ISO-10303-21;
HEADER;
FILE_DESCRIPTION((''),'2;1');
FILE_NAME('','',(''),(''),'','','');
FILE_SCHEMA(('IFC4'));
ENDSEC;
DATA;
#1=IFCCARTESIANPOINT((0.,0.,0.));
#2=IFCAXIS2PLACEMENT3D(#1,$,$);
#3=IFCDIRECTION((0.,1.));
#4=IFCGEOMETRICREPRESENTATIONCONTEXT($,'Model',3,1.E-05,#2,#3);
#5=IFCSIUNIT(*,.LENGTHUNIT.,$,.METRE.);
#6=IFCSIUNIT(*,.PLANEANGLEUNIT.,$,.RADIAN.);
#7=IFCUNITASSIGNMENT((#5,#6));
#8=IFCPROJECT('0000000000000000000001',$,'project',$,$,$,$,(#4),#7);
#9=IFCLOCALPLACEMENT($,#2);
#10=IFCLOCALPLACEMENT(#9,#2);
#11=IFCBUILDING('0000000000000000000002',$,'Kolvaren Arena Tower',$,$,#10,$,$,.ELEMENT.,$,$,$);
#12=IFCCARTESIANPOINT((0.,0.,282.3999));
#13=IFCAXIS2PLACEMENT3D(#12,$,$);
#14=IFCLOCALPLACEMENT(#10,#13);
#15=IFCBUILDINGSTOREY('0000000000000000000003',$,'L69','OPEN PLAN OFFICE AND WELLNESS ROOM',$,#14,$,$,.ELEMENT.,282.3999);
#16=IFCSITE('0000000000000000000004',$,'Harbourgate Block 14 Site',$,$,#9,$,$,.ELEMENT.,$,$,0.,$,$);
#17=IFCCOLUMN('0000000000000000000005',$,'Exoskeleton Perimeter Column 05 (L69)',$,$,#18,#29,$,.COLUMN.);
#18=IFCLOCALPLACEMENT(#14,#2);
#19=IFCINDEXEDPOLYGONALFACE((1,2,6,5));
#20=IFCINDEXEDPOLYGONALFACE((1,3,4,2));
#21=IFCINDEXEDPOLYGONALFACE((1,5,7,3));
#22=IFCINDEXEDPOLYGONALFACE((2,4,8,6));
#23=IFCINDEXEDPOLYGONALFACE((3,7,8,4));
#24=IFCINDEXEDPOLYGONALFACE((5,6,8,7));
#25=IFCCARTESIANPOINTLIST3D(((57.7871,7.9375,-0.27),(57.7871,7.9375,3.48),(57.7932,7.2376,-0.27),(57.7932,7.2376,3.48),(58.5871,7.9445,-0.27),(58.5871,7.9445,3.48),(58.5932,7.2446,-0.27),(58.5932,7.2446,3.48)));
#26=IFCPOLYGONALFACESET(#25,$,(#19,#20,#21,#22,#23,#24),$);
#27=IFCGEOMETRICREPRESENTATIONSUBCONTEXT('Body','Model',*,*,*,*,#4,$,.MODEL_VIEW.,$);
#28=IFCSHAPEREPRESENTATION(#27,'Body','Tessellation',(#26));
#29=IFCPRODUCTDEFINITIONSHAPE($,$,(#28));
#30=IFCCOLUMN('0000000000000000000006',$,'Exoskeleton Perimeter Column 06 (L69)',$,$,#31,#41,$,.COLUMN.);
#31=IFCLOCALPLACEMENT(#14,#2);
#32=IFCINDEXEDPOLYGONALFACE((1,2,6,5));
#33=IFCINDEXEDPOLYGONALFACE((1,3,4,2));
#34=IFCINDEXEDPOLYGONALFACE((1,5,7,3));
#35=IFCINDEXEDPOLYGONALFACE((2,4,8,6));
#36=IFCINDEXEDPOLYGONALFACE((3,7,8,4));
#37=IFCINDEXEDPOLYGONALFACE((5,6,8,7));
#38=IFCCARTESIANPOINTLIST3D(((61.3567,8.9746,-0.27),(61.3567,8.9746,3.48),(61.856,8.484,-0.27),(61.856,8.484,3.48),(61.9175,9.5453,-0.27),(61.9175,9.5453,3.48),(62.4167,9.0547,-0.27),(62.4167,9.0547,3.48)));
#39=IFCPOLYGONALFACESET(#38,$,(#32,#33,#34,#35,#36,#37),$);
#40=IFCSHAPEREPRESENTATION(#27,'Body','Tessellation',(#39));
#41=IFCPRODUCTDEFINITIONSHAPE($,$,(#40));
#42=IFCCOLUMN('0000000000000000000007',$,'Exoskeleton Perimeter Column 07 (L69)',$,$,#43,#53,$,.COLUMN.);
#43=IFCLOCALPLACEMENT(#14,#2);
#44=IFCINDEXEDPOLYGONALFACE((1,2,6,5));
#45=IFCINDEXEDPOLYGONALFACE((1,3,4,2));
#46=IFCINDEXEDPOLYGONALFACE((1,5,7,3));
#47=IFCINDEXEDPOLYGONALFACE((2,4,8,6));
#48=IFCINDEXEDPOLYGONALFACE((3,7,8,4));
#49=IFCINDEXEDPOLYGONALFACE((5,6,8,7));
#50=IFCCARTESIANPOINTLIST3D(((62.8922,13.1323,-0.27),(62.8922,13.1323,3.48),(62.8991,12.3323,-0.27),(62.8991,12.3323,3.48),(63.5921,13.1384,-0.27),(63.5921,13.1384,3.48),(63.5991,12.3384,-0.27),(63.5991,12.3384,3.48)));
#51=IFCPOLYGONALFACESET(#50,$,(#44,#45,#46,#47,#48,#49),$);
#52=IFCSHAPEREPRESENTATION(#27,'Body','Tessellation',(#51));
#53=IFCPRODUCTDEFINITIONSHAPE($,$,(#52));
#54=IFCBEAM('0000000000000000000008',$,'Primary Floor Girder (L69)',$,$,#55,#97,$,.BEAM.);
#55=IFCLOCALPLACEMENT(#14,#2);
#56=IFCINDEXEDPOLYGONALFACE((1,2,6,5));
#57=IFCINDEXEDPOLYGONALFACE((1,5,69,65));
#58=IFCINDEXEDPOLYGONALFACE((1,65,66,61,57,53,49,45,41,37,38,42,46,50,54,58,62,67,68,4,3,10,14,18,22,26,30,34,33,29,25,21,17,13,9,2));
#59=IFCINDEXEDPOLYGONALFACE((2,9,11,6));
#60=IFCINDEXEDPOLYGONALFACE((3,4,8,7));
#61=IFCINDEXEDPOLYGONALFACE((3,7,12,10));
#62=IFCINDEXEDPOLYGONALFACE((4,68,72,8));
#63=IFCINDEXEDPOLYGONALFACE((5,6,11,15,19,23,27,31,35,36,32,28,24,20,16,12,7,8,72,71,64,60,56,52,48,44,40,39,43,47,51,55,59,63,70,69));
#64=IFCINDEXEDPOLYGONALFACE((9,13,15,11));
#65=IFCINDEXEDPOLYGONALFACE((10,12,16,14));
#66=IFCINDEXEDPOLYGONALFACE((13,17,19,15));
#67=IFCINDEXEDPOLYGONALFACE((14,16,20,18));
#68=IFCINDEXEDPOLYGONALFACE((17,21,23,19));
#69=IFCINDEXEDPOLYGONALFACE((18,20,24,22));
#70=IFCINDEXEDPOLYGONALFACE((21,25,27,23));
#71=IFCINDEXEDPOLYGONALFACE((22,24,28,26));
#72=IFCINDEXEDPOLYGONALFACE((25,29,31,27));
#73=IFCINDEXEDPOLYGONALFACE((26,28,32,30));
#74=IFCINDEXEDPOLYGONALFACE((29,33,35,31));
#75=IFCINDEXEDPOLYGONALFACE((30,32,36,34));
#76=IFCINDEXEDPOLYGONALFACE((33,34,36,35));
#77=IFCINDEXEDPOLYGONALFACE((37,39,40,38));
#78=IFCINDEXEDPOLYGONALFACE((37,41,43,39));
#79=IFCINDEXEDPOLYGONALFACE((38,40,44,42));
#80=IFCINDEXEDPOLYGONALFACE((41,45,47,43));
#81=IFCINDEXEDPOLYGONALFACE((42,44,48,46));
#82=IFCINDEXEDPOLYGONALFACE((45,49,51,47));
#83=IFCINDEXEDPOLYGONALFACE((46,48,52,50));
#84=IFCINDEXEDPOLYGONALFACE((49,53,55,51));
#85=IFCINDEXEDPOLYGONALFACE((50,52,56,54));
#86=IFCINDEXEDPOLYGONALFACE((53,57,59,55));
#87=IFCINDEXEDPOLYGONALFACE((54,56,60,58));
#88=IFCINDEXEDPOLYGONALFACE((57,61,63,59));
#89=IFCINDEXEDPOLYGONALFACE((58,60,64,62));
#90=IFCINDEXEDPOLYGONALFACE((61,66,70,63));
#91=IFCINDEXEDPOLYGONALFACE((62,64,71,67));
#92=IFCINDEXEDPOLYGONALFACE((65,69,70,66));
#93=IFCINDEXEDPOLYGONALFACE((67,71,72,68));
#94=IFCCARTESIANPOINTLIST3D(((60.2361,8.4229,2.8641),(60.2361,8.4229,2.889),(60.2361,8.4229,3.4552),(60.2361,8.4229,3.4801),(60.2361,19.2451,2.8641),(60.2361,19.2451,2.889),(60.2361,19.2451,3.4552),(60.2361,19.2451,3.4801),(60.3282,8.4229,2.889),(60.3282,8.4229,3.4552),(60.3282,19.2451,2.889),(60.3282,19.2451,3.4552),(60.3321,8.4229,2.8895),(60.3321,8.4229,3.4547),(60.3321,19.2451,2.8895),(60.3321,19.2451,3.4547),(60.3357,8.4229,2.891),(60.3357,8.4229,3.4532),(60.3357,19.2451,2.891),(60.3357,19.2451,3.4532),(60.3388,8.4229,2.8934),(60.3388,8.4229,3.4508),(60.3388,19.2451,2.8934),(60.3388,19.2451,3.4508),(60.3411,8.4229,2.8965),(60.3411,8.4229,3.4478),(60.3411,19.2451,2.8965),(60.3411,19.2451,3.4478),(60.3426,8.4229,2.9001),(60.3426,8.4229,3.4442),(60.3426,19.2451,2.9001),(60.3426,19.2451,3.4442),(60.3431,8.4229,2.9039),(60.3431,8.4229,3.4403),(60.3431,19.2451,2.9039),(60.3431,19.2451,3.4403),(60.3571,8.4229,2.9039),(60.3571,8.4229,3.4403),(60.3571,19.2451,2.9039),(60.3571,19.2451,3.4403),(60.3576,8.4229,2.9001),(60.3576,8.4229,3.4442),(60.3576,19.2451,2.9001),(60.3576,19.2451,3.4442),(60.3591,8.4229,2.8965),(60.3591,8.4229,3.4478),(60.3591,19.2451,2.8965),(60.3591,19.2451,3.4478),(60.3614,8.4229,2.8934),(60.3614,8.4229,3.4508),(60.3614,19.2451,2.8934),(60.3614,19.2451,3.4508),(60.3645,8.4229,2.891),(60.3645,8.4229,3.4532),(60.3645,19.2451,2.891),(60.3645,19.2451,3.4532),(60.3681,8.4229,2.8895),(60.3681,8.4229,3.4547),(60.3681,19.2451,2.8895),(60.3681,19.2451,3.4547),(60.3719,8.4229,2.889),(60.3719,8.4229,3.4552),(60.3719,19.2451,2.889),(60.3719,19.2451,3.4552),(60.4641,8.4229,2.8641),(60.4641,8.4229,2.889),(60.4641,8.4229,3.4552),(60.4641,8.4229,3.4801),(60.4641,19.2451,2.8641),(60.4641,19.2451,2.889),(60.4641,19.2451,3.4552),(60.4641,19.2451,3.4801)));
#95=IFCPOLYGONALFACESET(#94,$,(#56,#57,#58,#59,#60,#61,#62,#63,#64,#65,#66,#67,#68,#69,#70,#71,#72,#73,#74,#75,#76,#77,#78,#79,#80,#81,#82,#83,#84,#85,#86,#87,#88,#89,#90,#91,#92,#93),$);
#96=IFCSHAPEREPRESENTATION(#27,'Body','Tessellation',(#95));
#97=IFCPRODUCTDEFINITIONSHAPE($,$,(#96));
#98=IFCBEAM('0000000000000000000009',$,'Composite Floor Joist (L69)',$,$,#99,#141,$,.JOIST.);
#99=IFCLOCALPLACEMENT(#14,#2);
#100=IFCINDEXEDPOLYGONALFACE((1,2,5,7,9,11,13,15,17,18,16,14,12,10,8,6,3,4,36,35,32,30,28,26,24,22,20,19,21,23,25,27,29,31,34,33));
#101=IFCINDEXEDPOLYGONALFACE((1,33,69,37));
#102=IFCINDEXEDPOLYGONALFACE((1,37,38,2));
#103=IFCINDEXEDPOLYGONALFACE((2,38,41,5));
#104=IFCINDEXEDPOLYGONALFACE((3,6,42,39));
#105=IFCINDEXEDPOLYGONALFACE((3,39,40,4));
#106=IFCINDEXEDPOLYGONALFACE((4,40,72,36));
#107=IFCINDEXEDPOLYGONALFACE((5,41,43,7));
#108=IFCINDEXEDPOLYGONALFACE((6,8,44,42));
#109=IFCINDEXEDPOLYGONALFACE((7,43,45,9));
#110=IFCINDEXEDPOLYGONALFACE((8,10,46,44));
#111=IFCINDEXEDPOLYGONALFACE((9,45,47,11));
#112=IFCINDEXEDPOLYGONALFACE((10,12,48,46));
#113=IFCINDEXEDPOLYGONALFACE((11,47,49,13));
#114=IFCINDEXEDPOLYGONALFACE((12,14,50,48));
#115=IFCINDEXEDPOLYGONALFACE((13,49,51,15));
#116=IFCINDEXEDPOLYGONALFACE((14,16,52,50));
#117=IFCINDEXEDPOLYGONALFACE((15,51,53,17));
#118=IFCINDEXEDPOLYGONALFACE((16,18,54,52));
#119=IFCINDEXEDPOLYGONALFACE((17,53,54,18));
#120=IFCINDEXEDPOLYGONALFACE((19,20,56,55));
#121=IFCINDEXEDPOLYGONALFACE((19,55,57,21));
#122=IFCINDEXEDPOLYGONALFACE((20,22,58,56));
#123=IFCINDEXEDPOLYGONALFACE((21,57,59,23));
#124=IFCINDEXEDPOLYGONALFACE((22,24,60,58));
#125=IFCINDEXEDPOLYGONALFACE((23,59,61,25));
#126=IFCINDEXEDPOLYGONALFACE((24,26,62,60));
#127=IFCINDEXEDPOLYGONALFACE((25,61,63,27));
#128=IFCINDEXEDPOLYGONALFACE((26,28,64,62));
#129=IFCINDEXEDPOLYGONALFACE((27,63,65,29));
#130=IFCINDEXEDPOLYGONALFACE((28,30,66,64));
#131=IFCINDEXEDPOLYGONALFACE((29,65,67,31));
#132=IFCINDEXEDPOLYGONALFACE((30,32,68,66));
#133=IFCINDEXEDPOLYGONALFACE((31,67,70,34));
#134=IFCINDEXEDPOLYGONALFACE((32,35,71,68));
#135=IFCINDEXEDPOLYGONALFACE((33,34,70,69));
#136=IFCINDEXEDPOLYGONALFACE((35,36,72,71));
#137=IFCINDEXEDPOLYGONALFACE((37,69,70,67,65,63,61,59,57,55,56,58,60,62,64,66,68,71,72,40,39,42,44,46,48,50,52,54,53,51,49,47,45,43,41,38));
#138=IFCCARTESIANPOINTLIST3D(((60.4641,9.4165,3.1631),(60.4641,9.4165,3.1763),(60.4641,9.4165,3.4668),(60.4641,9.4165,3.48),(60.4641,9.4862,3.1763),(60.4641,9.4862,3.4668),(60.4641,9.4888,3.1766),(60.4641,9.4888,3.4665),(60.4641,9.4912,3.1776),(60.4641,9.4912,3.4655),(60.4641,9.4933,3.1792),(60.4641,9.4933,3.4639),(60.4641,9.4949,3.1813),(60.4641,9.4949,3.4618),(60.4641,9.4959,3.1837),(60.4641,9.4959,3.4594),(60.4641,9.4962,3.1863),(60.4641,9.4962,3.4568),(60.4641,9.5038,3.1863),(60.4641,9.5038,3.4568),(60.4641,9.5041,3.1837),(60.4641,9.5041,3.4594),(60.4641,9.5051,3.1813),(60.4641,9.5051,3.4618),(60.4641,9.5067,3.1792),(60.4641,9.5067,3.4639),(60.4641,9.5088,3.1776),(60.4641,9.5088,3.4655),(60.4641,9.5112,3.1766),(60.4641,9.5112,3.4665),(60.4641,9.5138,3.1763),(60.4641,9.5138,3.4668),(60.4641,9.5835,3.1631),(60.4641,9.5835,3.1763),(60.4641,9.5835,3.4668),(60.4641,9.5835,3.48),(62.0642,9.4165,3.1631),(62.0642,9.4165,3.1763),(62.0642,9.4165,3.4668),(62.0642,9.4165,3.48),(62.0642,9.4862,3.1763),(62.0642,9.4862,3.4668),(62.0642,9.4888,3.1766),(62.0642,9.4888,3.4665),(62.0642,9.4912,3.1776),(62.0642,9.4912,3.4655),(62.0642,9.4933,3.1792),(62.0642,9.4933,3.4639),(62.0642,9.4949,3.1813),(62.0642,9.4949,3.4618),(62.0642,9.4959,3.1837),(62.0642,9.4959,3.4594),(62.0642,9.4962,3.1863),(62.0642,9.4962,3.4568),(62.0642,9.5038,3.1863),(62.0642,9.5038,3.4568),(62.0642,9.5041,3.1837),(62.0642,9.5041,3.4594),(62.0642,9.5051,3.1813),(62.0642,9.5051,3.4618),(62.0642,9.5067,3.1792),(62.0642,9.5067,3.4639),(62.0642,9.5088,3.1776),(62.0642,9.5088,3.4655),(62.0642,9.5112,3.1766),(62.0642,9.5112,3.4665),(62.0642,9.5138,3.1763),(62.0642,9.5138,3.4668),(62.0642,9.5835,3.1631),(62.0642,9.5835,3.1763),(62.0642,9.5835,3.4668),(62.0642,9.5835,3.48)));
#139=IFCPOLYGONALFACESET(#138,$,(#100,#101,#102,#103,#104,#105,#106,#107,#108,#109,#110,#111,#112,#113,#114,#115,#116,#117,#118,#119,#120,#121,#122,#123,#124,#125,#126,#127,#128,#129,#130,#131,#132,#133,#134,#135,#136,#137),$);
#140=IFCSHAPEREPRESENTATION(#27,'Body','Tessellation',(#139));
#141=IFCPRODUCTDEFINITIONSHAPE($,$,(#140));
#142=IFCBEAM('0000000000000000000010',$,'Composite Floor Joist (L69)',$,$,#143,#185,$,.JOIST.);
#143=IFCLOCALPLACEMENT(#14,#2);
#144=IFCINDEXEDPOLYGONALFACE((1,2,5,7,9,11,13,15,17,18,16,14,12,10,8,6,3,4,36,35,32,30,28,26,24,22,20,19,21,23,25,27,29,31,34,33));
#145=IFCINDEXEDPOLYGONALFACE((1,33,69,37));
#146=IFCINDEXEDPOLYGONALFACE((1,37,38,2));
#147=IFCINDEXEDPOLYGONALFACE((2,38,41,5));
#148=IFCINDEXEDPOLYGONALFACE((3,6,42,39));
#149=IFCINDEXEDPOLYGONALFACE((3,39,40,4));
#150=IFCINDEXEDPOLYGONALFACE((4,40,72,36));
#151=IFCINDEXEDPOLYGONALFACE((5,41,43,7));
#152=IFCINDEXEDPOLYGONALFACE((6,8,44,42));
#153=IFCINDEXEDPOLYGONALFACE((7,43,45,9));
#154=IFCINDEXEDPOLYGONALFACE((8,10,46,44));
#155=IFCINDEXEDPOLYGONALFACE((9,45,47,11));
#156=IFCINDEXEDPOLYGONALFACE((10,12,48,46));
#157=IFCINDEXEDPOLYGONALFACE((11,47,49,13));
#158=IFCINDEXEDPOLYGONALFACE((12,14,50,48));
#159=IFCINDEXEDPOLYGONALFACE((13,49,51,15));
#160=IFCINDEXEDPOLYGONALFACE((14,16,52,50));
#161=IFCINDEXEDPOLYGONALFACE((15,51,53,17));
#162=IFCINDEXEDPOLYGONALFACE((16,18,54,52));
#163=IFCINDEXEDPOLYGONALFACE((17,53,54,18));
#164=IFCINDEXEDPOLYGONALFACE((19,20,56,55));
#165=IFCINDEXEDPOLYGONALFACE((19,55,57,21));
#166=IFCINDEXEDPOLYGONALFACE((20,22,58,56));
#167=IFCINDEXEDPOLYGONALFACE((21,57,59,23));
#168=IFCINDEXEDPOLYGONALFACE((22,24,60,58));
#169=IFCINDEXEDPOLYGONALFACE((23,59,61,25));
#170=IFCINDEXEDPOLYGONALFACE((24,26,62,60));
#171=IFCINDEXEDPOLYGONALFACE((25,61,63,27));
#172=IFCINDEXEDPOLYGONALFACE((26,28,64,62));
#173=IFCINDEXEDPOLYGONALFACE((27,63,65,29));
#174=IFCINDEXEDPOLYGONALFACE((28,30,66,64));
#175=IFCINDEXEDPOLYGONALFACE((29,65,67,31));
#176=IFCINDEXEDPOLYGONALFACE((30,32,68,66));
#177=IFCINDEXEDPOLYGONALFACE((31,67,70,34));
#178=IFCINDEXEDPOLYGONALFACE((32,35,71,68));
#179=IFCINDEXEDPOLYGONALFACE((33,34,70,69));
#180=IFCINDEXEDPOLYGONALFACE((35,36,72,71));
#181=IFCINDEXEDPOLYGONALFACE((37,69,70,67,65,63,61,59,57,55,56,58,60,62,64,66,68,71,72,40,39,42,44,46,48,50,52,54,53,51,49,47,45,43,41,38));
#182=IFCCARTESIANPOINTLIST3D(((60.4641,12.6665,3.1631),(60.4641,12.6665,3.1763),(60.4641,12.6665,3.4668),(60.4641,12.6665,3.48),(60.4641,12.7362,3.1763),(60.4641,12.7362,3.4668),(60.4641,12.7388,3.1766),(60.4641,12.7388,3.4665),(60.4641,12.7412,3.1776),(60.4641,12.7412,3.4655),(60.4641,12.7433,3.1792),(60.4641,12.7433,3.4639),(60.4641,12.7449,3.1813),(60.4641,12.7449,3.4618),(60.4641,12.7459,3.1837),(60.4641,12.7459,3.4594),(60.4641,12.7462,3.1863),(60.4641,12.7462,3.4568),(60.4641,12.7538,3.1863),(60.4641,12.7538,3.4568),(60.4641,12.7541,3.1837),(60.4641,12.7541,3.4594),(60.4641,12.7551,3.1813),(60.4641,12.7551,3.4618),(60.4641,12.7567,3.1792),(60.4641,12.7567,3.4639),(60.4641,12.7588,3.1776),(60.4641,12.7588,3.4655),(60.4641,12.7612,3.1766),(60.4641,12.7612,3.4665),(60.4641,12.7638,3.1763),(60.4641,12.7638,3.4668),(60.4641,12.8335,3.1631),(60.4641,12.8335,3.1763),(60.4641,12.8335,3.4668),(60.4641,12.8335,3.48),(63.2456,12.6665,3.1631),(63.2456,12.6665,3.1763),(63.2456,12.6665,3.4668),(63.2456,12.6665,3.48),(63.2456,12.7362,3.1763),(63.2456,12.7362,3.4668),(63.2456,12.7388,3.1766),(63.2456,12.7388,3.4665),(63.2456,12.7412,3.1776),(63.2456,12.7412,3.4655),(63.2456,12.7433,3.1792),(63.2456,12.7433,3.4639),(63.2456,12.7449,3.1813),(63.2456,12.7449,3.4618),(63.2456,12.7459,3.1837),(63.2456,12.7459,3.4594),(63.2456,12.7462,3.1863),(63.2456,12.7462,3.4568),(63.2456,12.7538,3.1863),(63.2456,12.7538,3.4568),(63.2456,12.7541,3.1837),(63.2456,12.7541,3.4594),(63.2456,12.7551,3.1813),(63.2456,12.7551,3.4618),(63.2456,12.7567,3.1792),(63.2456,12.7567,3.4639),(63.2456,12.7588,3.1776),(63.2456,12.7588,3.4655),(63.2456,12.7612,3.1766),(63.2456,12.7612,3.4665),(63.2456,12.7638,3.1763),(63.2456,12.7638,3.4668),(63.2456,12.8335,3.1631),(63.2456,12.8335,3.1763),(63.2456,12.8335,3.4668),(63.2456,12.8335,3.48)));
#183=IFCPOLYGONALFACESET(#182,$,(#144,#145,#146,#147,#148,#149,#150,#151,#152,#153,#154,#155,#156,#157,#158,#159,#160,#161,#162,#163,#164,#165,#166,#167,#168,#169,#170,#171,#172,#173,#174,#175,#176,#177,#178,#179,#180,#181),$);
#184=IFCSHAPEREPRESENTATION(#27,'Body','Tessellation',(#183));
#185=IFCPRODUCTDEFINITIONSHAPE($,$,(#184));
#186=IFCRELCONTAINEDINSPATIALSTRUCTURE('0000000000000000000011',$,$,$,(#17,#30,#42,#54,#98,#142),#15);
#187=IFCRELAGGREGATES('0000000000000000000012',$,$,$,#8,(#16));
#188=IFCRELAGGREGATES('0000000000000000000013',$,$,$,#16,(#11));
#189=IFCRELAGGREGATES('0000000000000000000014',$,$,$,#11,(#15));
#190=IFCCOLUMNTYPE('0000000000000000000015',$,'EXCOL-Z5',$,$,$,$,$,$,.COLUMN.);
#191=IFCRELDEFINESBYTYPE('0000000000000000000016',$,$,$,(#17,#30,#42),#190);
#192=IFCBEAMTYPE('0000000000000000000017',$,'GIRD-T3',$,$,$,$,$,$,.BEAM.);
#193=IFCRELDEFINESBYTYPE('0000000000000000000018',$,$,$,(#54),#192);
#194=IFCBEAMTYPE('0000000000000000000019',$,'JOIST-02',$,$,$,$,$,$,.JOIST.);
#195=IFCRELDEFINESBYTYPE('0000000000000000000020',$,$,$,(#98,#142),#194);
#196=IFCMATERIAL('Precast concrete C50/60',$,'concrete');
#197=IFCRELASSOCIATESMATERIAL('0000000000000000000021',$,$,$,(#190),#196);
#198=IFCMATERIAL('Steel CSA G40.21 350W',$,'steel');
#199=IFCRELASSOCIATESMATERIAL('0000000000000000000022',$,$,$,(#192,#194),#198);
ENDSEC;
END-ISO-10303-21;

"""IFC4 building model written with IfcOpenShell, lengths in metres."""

from ifc_helpers import new_model, si_unit, direction, frame, origin, origin_2d, place, context, subcontext, project, spatial, rectangle, i_section, extrude, material, material_profile, profile_set, type_object, element, save


model = new_model("IFC4")

# Units and contexts
model_context = context("Model", 3, precision=1e-05, world=origin(), true_north=direction((0.0, 1.0)))
body_context = subcontext(model_context, "Body", "Model", "MODEL_VIEW")
ifc_project = project(units=[si_unit("LENGTHUNIT", "METRE"), si_unit("PLANEANGLEUNIT", "RADIAN")], contexts=[model_context])

# Site, building, storey
site_placement = place(None, origin())
site = spatial("IfcSite", under=ifc_project, at=site_placement, Name="Harbourgate Block 14 Site", CompositionType="ELEMENT", RefElevation=0.0)
building_placement = place(site_placement, origin())
building = spatial("IfcBuilding", under=site, at=building_placement, Name="Kolvaren Arena Tower", CompositionType="ELEMENT")
storey_placement = place(building_placement, frame((0.0, 0.0, 282.3999)))
storey = spatial("IfcBuildingStorey", under=building, at=storey_placement, Name="L69", Description="OPEN PLAN OFFICE AND WELLNESS ROOM", CompositionType="ELEMENT", Elevation=282.3999)

# Columns
ifc_material_1 = material(Name="Precast concrete C50/60", Category="concrete")
ifc_material_profile_1 = material_profile(ifc_material_1, rectangle(XDim=0.8, YDim=0.7, at=origin_2d()), Name="RC-800x700")
ifc_profile_set_1 = profile_set([ifc_material_profile_1], Name="Precast concrete C50/60")
column_type = type_object("IfcColumnType", Name="EXCOL-Z5", PredefinedType="COLUMN", material=ifc_profile_set_1)
for number, where, z_axis, x_axis, name in (
    (1, (58.1902, 7.5911, -0.27), (0.0, 0.0, 1.0), (0.999962, 0.008727, 0.0), "Exoskeleton Perimeter Column 05 (L69)"),
    (2, (61.8867, 9.0146, -0.27), (0.0, 0.0, 1.0), (0.700909, 0.71325, 0.0), "Exoskeleton Perimeter Column 06 (L69)"),
    (3, (63.2456, 12.7354, -0.27), (0.0, 0.0, 1.0), (-0.008727, 0.999962, 0.0), "Exoskeleton Perimeter Column 07 (L69)"),
):
    element("IfcColumn", number, at=place(storey_placement, frame(where, z_axis=z_axis, x_axis=x_axis)), inside=storey, type_object=column_type, Name=name, PredefinedType="COLUMN", context=body_context, shape_type="SweptSolid", body=[
        extrude(rectangle(XDim=0.8, YDim=0.7, at=origin_2d()), origin(), (0.0, 0.0, 1.0), 3.75),
    ])

# Beams
ifc_material_2 = material(Name="Steel CSA G40.21 350W", Category="steel")
ifc_material_profile_2 = material_profile(ifc_material_2, i_section(OverallWidth=0.228, OverallDepth=0.616, WebThickness=0.0139, FlangeThickness=0.0249, FilletRadius=0.0149, at=origin_2d()), Name="W610x174")
ifc_profile_set_2 = profile_set([ifc_material_profile_2], Name="Steel CSA G40.21 350W")
beam_type_1 = type_object("IfcBeamType", Name="GIRD-T3", PredefinedType="BEAM", material=ifc_profile_set_2)
beam_1_placement = place(storey_placement, frame((60.3501, 8.4229, 3.1721), z_axis=(0.0, 1.0, 0.0), x_axis=(-1.0, 0.0, 0.0)))
element("IfcBeam", 4, at=beam_1_placement, inside=storey, type_object=beam_type_1, Name="Primary Floor Girder (L69)", PredefinedType="BEAM", context=body_context, shape_type="SweptSolid", body=[
    extrude(i_section(OverallWidth=0.228, OverallDepth=0.616, WebThickness=0.0139, FlangeThickness=0.0249, FilletRadius=0.0149, at=origin_2d()), origin(), (0.0, 0.0, 1.0), 10.8223),
])
ifc_material_profile_3 = material_profile(ifc_material_2, i_section(OverallWidth=0.167, OverallDepth=0.3169, WebThickness=0.0076, FlangeThickness=0.0132, FilletRadius=0.01, at=origin_2d()), Name="W310x52")
ifc_profile_set_3 = profile_set([ifc_material_profile_3], Name="Steel CSA G40.21 350W")
beam_type_2 = type_object("IfcBeamType", Name="JOIST-02", PredefinedType="JOIST", material=ifc_profile_set_3)
beam_2_placement = place(storey_placement, frame((60.4641, 9.5, 3.3215), z_axis=(1.0, 0.0, 0.0), x_axis=(0.0, 1.0, 0.0)))
element("IfcBeam", 5, at=beam_2_placement, inside=storey, type_object=beam_type_2, Name="Composite Floor Joist (L69)", PredefinedType="JOIST", context=body_context, shape_type="SweptSolid", body=[
    extrude(i_section(OverallWidth=0.167, OverallDepth=0.3169, WebThickness=0.0076, FlangeThickness=0.0132, FilletRadius=0.01, at=origin_2d()), origin(), (0.0, 0.0, 1.0), 1.6001),
])
beam_3_placement = place(storey_placement, frame((60.4641, 12.75, 3.3215), z_axis=(1.0, 0.0, 0.0), x_axis=(0.0, 1.0, 0.0)))
element("IfcBeam", 6, at=beam_3_placement, inside=storey, type_object=beam_type_2, Name="Composite Floor Joist (L69)", PredefinedType="JOIST", context=body_context, shape_type="SweptSolid", body=[
    extrude(i_section(OverallWidth=0.167, OverallDepth=0.3169, WebThickness=0.0076, FlangeThickness=0.0132, FilletRadius=0.01, at=origin_2d()), origin(), (0.0, 0.0, 1.0), 2.7815),
])

save(model, "model.ifc")
